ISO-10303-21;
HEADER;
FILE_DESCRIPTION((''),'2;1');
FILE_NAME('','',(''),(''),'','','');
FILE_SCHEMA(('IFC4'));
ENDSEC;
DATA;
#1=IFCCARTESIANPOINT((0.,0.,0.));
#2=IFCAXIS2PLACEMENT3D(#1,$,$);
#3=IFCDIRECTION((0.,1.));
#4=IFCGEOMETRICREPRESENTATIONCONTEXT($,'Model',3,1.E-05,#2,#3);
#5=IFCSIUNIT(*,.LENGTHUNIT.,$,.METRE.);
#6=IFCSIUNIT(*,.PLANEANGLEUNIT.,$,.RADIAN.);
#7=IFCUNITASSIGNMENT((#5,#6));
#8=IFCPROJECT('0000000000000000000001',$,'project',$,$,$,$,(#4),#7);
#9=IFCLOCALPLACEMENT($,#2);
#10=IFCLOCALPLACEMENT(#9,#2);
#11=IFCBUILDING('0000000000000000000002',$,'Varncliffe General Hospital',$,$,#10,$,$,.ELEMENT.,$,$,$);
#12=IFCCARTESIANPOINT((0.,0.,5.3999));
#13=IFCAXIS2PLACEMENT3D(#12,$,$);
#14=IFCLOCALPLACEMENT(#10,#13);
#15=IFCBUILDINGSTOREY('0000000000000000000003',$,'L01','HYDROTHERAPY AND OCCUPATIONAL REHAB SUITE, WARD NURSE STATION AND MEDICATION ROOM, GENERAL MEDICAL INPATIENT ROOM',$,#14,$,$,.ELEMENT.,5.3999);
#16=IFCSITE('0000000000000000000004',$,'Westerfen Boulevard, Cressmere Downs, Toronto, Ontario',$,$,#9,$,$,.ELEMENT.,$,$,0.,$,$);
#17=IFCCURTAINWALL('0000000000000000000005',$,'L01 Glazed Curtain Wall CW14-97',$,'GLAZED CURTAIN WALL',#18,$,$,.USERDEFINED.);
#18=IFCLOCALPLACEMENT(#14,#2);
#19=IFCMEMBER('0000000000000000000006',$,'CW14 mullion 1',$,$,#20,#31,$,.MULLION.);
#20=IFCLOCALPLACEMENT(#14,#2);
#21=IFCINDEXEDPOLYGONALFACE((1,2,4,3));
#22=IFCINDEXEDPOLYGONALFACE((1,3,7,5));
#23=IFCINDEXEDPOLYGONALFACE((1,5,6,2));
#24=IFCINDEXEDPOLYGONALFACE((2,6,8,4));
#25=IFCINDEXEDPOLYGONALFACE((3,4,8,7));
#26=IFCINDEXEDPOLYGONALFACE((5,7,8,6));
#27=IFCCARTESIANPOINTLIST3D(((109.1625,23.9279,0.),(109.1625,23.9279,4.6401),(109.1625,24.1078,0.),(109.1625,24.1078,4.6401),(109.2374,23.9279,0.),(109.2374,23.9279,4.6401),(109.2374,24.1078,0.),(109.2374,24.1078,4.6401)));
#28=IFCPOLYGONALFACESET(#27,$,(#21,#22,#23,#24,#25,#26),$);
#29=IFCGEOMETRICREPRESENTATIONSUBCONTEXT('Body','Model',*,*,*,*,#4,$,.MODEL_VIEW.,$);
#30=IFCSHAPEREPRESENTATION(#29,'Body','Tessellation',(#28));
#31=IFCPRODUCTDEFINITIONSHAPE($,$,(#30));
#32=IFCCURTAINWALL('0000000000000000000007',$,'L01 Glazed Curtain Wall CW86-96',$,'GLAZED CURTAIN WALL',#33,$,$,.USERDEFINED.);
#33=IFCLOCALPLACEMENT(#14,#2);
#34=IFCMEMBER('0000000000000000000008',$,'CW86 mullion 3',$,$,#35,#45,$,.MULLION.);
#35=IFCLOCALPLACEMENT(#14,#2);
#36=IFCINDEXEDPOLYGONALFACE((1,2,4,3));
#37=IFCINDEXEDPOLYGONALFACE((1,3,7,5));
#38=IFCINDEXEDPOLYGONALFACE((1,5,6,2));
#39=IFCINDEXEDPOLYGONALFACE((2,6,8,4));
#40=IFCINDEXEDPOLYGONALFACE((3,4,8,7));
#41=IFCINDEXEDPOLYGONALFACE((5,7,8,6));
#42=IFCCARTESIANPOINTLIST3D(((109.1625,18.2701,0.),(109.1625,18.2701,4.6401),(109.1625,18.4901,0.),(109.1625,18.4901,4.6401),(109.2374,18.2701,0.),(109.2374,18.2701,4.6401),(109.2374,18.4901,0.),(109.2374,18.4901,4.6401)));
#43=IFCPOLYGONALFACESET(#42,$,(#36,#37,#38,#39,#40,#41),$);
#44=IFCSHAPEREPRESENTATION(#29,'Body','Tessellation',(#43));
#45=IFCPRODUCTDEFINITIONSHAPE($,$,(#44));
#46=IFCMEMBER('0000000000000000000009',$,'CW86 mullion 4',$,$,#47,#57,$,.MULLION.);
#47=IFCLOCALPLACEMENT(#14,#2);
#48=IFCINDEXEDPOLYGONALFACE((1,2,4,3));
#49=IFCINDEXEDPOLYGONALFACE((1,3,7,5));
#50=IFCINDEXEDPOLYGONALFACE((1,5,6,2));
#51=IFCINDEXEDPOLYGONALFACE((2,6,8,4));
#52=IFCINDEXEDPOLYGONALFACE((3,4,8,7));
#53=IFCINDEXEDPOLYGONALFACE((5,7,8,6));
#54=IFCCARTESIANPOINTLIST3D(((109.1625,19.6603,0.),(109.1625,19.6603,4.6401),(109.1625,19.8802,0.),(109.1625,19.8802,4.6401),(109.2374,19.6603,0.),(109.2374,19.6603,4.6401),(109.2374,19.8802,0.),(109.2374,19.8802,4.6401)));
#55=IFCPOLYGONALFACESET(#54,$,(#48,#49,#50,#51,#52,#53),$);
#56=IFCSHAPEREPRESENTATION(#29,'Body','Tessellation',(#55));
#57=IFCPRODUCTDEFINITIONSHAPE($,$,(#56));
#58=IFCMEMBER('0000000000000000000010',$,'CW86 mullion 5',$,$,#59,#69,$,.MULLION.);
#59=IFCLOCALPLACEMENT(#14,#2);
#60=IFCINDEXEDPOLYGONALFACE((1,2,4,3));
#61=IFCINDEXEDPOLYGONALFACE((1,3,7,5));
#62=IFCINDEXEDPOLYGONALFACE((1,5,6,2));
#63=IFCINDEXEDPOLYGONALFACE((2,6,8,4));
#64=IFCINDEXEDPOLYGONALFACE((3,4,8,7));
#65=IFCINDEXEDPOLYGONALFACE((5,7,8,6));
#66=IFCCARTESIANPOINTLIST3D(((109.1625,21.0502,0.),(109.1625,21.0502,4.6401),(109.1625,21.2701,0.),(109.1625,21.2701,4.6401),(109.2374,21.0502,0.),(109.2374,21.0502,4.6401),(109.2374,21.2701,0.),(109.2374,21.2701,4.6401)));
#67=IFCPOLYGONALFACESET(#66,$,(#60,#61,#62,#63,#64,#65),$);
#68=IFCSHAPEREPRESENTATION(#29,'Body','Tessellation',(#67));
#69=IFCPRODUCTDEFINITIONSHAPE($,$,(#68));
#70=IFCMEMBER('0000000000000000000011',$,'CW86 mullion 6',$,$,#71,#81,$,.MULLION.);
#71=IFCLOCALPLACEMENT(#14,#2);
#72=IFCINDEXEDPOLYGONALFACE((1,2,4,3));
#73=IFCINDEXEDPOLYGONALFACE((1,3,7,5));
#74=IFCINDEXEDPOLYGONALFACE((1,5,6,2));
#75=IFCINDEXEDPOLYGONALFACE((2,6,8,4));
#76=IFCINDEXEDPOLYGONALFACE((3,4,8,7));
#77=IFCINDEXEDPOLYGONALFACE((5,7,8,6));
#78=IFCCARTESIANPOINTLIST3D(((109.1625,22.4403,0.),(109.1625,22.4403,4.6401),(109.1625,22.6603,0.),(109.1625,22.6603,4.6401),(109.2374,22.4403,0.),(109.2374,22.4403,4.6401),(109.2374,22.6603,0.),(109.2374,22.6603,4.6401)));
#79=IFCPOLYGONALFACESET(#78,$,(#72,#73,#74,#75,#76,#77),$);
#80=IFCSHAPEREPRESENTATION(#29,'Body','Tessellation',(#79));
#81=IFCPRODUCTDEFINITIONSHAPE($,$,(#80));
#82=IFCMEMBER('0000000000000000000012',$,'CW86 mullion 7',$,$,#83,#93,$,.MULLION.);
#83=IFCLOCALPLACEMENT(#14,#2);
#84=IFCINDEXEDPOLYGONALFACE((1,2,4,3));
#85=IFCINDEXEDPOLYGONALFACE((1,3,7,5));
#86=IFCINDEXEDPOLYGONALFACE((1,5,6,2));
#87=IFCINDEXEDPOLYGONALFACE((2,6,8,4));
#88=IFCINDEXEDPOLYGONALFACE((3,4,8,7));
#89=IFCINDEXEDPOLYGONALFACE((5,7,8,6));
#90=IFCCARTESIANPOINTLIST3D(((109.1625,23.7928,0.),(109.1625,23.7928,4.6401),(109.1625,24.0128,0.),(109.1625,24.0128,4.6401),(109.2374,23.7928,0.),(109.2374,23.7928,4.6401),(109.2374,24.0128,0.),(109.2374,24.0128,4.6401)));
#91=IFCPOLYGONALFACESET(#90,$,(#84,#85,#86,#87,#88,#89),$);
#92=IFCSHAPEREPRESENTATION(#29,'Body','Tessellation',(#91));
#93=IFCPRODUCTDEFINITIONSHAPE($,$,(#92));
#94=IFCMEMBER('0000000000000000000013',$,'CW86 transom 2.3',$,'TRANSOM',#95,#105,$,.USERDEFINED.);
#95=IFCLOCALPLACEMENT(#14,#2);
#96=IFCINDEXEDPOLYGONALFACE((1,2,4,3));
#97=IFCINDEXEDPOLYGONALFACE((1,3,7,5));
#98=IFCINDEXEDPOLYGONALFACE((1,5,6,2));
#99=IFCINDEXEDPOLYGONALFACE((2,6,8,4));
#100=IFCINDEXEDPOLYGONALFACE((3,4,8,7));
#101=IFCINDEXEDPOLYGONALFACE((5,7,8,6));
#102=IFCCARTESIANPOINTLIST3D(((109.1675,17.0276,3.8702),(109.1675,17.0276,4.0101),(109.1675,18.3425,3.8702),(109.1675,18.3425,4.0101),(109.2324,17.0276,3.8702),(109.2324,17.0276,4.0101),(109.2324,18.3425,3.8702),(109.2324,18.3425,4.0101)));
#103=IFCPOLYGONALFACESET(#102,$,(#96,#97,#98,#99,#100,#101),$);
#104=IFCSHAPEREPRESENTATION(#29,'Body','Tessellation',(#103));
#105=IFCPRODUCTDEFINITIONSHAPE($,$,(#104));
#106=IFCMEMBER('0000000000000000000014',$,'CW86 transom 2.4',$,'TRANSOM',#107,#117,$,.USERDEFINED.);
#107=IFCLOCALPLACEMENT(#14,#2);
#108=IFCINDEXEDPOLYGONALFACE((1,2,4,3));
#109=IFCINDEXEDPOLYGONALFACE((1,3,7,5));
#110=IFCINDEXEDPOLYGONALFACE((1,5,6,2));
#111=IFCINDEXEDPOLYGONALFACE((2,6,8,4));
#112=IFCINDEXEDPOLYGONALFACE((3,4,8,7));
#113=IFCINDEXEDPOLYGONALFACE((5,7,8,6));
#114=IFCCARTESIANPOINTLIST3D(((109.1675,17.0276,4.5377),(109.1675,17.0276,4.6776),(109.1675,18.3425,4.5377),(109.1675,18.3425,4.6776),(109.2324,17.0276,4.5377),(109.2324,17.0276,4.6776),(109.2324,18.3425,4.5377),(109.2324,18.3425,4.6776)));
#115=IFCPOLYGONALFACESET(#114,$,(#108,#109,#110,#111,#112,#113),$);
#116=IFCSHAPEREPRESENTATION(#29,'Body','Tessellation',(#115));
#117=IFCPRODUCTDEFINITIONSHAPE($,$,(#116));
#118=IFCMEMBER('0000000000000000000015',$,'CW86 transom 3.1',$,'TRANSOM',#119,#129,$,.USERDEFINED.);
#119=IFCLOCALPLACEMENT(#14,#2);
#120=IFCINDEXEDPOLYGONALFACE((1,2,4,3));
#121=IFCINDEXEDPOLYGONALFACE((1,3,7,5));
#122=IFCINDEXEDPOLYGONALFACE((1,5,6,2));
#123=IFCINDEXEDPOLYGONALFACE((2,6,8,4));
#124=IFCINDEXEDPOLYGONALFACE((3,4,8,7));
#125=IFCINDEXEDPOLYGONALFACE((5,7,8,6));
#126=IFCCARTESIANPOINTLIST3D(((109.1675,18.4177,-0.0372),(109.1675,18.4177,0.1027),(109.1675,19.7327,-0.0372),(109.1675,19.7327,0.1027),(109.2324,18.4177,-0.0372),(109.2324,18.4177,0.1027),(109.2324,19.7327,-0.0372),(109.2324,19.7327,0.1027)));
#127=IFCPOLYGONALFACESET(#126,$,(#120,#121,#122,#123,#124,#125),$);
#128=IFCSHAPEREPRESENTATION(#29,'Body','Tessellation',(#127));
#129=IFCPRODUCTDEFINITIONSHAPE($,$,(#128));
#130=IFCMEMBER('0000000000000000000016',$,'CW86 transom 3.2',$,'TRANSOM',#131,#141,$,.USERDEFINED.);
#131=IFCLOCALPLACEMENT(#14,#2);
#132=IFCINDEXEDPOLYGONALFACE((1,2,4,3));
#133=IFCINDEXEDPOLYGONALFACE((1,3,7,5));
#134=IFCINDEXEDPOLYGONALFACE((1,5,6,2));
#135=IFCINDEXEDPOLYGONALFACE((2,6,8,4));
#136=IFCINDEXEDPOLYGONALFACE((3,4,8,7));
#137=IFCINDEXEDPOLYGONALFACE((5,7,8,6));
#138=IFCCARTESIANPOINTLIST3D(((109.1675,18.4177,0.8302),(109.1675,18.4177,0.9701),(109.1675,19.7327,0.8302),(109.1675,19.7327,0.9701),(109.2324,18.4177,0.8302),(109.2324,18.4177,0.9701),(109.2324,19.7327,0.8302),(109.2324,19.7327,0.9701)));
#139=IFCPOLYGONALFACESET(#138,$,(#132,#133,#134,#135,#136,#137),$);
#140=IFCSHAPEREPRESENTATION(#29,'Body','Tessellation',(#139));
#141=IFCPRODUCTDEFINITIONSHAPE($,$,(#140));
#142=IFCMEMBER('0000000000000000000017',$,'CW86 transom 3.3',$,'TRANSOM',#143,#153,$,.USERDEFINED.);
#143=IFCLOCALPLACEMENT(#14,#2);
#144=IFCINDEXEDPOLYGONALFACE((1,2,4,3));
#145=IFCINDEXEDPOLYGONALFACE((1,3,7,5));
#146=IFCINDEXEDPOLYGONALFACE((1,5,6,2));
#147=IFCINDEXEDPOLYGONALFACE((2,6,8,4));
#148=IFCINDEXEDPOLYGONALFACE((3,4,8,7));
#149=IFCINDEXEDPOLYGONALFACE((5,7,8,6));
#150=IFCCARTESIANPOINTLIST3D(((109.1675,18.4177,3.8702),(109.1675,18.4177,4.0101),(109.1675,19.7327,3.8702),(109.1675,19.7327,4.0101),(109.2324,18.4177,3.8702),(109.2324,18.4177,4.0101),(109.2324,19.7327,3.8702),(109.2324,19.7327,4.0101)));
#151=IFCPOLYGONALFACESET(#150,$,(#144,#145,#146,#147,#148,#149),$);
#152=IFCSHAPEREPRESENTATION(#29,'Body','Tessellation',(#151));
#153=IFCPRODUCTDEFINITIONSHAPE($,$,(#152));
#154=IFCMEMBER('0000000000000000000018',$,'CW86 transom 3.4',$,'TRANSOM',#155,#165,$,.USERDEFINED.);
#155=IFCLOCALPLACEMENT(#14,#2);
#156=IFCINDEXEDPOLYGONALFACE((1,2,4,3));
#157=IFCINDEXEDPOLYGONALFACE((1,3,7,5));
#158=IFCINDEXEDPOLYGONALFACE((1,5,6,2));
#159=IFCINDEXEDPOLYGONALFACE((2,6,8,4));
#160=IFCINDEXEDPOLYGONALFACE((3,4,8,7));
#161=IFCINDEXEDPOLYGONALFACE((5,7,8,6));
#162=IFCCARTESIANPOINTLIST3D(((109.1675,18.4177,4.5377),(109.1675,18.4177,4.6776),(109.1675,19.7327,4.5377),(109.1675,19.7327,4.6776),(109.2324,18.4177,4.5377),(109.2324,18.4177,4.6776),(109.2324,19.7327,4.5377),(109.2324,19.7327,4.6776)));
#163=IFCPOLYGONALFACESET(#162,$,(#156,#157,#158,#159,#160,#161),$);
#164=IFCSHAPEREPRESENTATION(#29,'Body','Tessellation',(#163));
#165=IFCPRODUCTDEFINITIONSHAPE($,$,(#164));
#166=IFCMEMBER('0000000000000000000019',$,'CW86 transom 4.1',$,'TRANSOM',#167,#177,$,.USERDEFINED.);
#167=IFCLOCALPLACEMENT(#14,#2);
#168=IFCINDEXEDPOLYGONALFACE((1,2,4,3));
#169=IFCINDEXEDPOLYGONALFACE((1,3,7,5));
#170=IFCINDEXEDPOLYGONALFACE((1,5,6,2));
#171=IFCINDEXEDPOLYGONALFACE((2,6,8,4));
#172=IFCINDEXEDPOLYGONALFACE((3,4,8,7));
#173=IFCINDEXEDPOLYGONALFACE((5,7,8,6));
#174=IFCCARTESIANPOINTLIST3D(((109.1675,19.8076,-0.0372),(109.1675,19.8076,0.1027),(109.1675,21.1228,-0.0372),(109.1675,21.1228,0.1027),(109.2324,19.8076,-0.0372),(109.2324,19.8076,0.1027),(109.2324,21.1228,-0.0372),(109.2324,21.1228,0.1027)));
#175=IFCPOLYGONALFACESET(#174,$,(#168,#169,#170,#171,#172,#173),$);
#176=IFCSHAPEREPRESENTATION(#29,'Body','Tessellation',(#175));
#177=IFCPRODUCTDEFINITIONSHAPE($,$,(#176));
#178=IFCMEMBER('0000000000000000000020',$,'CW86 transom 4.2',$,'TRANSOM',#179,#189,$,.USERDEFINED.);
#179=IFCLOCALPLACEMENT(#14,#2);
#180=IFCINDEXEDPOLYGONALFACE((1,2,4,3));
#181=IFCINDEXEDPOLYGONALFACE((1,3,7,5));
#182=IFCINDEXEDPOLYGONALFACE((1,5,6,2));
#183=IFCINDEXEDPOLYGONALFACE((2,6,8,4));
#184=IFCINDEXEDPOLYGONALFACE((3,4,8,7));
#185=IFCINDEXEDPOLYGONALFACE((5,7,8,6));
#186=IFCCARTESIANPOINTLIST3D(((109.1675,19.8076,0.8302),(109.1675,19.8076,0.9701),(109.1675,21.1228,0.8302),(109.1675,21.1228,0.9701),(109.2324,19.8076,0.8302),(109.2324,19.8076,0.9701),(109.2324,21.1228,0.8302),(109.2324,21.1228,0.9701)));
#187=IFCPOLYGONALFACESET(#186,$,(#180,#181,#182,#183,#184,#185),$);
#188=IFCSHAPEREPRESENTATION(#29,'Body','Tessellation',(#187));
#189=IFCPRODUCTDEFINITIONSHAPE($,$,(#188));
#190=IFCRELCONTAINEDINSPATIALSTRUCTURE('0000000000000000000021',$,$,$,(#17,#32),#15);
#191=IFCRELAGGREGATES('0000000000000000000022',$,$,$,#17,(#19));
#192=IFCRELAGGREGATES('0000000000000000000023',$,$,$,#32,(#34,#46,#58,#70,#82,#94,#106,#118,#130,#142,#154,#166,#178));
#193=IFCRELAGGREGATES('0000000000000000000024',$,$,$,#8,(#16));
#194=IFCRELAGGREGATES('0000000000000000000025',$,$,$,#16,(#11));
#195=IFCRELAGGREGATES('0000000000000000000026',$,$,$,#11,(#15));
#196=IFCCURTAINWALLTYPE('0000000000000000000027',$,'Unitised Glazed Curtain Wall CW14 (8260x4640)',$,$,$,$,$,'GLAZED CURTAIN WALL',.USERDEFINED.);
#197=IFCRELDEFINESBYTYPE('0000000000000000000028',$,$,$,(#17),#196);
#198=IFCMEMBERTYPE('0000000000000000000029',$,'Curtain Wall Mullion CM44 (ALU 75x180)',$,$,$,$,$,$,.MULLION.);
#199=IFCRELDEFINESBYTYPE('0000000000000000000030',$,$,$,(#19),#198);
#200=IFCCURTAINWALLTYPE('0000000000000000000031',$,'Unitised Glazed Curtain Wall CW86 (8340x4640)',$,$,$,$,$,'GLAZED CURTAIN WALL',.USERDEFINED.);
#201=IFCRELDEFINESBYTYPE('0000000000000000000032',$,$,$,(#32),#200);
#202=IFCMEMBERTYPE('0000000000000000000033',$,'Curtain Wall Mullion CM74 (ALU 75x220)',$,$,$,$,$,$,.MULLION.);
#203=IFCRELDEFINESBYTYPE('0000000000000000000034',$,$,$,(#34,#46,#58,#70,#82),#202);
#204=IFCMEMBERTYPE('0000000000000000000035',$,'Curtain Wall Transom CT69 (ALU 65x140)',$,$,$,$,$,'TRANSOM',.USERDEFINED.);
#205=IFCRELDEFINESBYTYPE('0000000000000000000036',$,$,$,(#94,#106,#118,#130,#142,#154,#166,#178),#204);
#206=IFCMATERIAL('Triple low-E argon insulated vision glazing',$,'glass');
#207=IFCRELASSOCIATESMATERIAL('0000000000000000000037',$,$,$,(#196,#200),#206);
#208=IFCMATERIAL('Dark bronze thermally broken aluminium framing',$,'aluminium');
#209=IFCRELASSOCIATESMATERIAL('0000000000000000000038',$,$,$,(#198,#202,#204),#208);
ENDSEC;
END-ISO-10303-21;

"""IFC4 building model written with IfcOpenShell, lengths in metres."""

from ifc_helpers import new_model, si_unit, direction, frame, origin, origin_2d, place, context, subcontext, project, spatial, rectangle, extrude, material, material_profile, profile_set, type_object, element, aggregate, save


model = new_model("IFC4")

# Units and contexts
model_context = context("Model", 3, precision=1e-05, world=origin(), true_north=direction((0.0, 1.0)))
body_context = subcontext(model_context, "Body", "Model", "MODEL_VIEW")
ifc_project = project(units=[si_unit("LENGTHUNIT", "METRE"), si_unit("PLANEANGLEUNIT", "RADIAN")], contexts=[model_context])

# Site, building, storey
site_placement = place(None, origin())
site = spatial("IfcSite", under=ifc_project, at=site_placement, Name="Westerfen Boulevard, Cressmere Downs, Toronto, Ontario", CompositionType="ELEMENT", RefElevation=0.0)
building_placement = place(site_placement, origin())
building = spatial("IfcBuilding", under=site, at=building_placement, Name="Varncliffe General Hospital", CompositionType="ELEMENT")
storey_placement = place(building_placement, frame((0.0, 0.0, 5.3999)))
storey = spatial("IfcBuildingStorey", under=building, at=storey_placement, Name="L01", Description="HYDROTHERAPY AND OCCUPATIONAL REHAB SUITE, WARD NURSE STATION AND MEDICATION ROOM, GENERAL MEDICAL INPATIENT ROOM", CompositionType="ELEMENT", Elevation=5.3999)

# Curtain wall, member
ifc_material_1 = material(Name="Triple low-E argon insulated vision glazing", Category="glass")
curtain_wall_type_1 = type_object("IfcCurtainWallType", Name="Unitised Glazed Curtain Wall CW14 (8260x4640)", ElementType="GLAZED CURTAIN WALL", PredefinedType="USERDEFINED", material=ifc_material_1)
curtain_wall_1_placement = place(storey_placement, origin())
curtain_wall_1 = element("IfcCurtainWall", 1, at=curtain_wall_1_placement, inside=storey, type_object=curtain_wall_type_1, Name="L01 Glazed Curtain Wall CW14-97", ObjectType="GLAZED CURTAIN WALL", PredefinedType="USERDEFINED")
ifc_material_2 = material(Name="Dark bronze thermally broken aluminium framing", Category="aluminium")
ifc_material_profile_1 = material_profile(ifc_material_2, rectangle(XDim=0.075, YDim=0.1799, at=origin_2d()), Name="ALU 75x180")
ifc_profile_set_1 = profile_set([ifc_material_profile_1], Name="Dark bronze thermally broken aluminium framing")
member_type_1 = type_object("IfcMemberType", Name="Curtain Wall Mullion CM44 (ALU 75x180)", PredefinedType="MULLION", material=ifc_profile_set_1)
member_1_placement = place(storey_placement, frame((109.2, 24.0178, 0.0), z_axis=(0.0, 0.0, 1.0), x_axis=(-1.0, 0.0, 0.0)))
member_1 = element("IfcMember", 2, at=member_1_placement, type_object=member_type_1, Name="CW14 mullion 1", PredefinedType="MULLION", context=body_context, shape_type="SweptSolid", body=[
    extrude(rectangle(XDim=0.075, YDim=0.1799, at=origin_2d()), origin(), (0.0, 0.0, 1.0), 4.6401),
])
aggregate(curtain_wall_1, [member_1])

# Curtain wall, members
curtain_wall_type_2 = type_object("IfcCurtainWallType", Name="Unitised Glazed Curtain Wall CW86 (8340x4640)", ElementType="GLAZED CURTAIN WALL", PredefinedType="USERDEFINED", material=ifc_material_1)
curtain_wall_2_placement = place(storey_placement, origin())
curtain_wall_2 = element("IfcCurtainWall", 3, at=curtain_wall_2_placement, inside=storey, type_object=curtain_wall_type_2, Name="L01 Glazed Curtain Wall CW86-96", ObjectType="GLAZED CURTAIN WALL", PredefinedType="USERDEFINED")
ifc_material_profile_2 = material_profile(ifc_material_2, rectangle(XDim=0.075, YDim=0.22, at=origin_2d()), Name="ALU 75x220")
ifc_profile_set_2 = profile_set([ifc_material_profile_2], Name="Dark bronze thermally broken aluminium framing")
member_type_2 = type_object("IfcMemberType", Name="Curtain Wall Mullion CM74 (ALU 75x220)", PredefinedType="MULLION", material=ifc_profile_set_2)
member_2_placement = place(storey_placement, frame((109.2, 18.3801, 0.0), z_axis=(0.0, 0.0, 1.0), x_axis=(-1.0, 0.0, 0.0)))
member_2 = element("IfcMember", 4, at=member_2_placement, type_object=member_type_2, Name="CW86 mullion 3", PredefinedType="MULLION", context=body_context, shape_type="SweptSolid", body=[
    extrude(rectangle(XDim=0.075, YDim=0.22, at=origin_2d()), origin(), (0.0, 0.0, 1.0), 4.6401),
])
member_3_placement = place(storey_placement, frame((109.2, 19.7703, 0.0), z_axis=(0.0, 0.0, 1.0), x_axis=(-1.0, 0.0, 0.0)))
member_3 = element("IfcMember", 5, at=member_3_placement, type_object=member_type_2, Name="CW86 mullion 4", PredefinedType="MULLION", context=body_context, shape_type="SweptSolid", body=[
    extrude(rectangle(XDim=0.075, YDim=0.22, at=origin_2d()), origin(), (0.0, 0.0, 1.0), 4.6401),
])
member_4_placement = place(storey_placement, frame((109.2, 21.1602, 0.0), z_axis=(0.0, 0.0, 1.0), x_axis=(-1.0, 0.0, 0.0)))
member_4 = element("IfcMember", 6, at=member_4_placement, type_object=member_type_2, Name="CW86 mullion 5", PredefinedType="MULLION", context=body_context, shape_type="SweptSolid", body=[
    extrude(rectangle(XDim=0.075, YDim=0.22, at=origin_2d()), origin(), (0.0, 0.0, 1.0), 4.6401),
])
member_5_placement = place(storey_placement, frame((109.2, 22.5503, 0.0), z_axis=(0.0, 0.0, 1.0), x_axis=(-1.0, 0.0, 0.0)))
member_5 = element("IfcMember", 7, at=member_5_placement, type_object=member_type_2, Name="CW86 mullion 6", PredefinedType="MULLION", context=body_context, shape_type="SweptSolid", body=[
    extrude(rectangle(XDim=0.075, YDim=0.22, at=origin_2d()), origin(), (0.0, 0.0, 1.0), 4.6401),
])
member_6_placement = place(storey_placement, frame((109.2, 23.9028, 0.0), z_axis=(0.0, 0.0, 1.0), x_axis=(-1.0, 0.0, 0.0)))
member_6 = element("IfcMember", 8, at=member_6_placement, type_object=member_type_2, Name="CW86 mullion 7", PredefinedType="MULLION", context=body_context, shape_type="SweptSolid", body=[
    extrude(rectangle(XDim=0.075, YDim=0.22, at=origin_2d()), origin(), (0.0, 0.0, 1.0), 4.6401),
])
ifc_material_profile_3 = material_profile(ifc_material_2, rectangle(XDim=0.0649, YDim=0.1399, at=origin_2d()), Name="ALU 65x140")
ifc_profile_set_3 = profile_set([ifc_material_profile_3], Name="Dark bronze thermally broken aluminium framing")
member_type_3 = type_object("IfcMemberType", Name="Curtain Wall Transom CT69 (ALU 65x140)", ElementType="TRANSOM", PredefinedType="USERDEFINED", material=ifc_profile_set_3)
member_7_placement = place(storey_placement, frame((109.2, 17.0276, 3.9402), z_axis=(0.0, 1.0, 0.0), x_axis=(-1.0, 0.0, 0.0)))
member_7 = element("IfcMember", 9, at=member_7_placement, type_object=member_type_3, Name="CW86 transom 2.3", ObjectType="TRANSOM", PredefinedType="USERDEFINED", context=body_context, shape_type="SweptSolid", body=[
    extrude(rectangle(XDim=0.0649, YDim=0.1399, at=origin_2d()), origin(), (0.0, 0.0, 1.0), 1.3149),
])
member_8_placement = place(storey_placement, frame((109.2, 17.0276, 4.6077), z_axis=(0.0, 1.0, 0.0), x_axis=(-1.0, 0.0, 0.0)))
member_8 = element("IfcMember", 10, at=member_8_placement, type_object=member_type_3, Name="CW86 transom 2.4", ObjectType="TRANSOM", PredefinedType="USERDEFINED", context=body_context, shape_type="SweptSolid", body=[
    extrude(rectangle(XDim=0.0649, YDim=0.1399, at=origin_2d()), origin(), (0.0, 0.0, 1.0), 1.3149),
])
member_9_placement = place(storey_placement, frame((109.2, 18.4177, 0.0327), z_axis=(0.0, 1.0, 0.0), x_axis=(-1.0, 0.0, 0.0)))
member_9 = element("IfcMember", 11, at=member_9_placement, type_object=member_type_3, Name="CW86 transom 3.1", ObjectType="TRANSOM", PredefinedType="USERDEFINED", context=body_context, shape_type="SweptSolid", body=[
    extrude(rectangle(XDim=0.0649, YDim=0.1399, at=origin_2d()), origin(), (0.0, 0.0, 1.0), 1.3149),
])
member_10_placement = place(storey_placement, frame((109.2, 18.4177, 0.9001), z_axis=(0.0, 1.0, 0.0), x_axis=(-1.0, 0.0, 0.0)))
member_10 = element("IfcMember", 12, at=member_10_placement, type_object=member_type_3, Name="CW86 transom 3.2", ObjectType="TRANSOM", PredefinedType="USERDEFINED", context=body_context, shape_type="SweptSolid", body=[
    extrude(rectangle(XDim=0.0649, YDim=0.1399, at=origin_2d()), origin(), (0.0, 0.0, 1.0), 1.3149),
])
member_11_placement = place(storey_placement, frame((109.2, 18.4177, 3.9402), z_axis=(0.0, 1.0, 0.0), x_axis=(-1.0, 0.0, 0.0)))
member_11 = element("IfcMember", 13, at=member_11_placement, type_object=member_type_3, Name="CW86 transom 3.3", ObjectType="TRANSOM", PredefinedType="USERDEFINED", context=body_context, shape_type="SweptSolid", body=[
    extrude(rectangle(XDim=0.0649, YDim=0.1399, at=origin_2d()), origin(), (0.0, 0.0, 1.0), 1.3149),
])
member_12_placement = place(storey_placement, frame((109.2, 18.4177, 4.6077), z_axis=(0.0, 1.0, 0.0), x_axis=(-1.0, 0.0, 0.0)))
member_12 = element("IfcMember", 14, at=member_12_placement, type_object=member_type_3, Name="CW86 transom 3.4", ObjectType="TRANSOM", PredefinedType="USERDEFINED", context=body_context, shape_type="SweptSolid", body=[
    extrude(rectangle(XDim=0.0649, YDim=0.1399, at=origin_2d()), origin(), (0.0, 0.0, 1.0), 1.3149),
])
member_13_placement = place(storey_placement, frame((109.2, 19.8076, 0.0327), z_axis=(0.0, 1.0, 0.0), x_axis=(-1.0, 0.0, 0.0)))
member_13 = element("IfcMember", 15, at=member_13_placement, type_object=member_type_3, Name="CW86 transom 4.1", ObjectType="TRANSOM", PredefinedType="USERDEFINED", context=body_context, shape_type="SweptSolid", body=[
    extrude(rectangle(XDim=0.0649, YDim=0.1399, at=origin_2d()), origin(), (0.0, 0.0, 1.0), 1.3152),
])
member_14_placement = place(storey_placement, frame((109.2, 19.8076, 0.9001), z_axis=(0.0, 1.0, 0.0), x_axis=(-1.0, 0.0, 0.0)))
member_14 = element("IfcMember", 16, at=member_14_placement, type_object=member_type_3, Name="CW86 transom 4.2", ObjectType="TRANSOM", PredefinedType="USERDEFINED", context=body_context, shape_type="SweptSolid", body=[
    extrude(rectangle(XDim=0.0649, YDim=0.1399, at=origin_2d()), origin(), (0.0, 0.0, 1.0), 1.3152),
])
aggregate(curtain_wall_2, [member_2, member_3, member_4, member_5, member_6, member_7, member_8, member_9, member_10, member_11, member_12, member_13, member_14])

save(model, "model.ifc")
